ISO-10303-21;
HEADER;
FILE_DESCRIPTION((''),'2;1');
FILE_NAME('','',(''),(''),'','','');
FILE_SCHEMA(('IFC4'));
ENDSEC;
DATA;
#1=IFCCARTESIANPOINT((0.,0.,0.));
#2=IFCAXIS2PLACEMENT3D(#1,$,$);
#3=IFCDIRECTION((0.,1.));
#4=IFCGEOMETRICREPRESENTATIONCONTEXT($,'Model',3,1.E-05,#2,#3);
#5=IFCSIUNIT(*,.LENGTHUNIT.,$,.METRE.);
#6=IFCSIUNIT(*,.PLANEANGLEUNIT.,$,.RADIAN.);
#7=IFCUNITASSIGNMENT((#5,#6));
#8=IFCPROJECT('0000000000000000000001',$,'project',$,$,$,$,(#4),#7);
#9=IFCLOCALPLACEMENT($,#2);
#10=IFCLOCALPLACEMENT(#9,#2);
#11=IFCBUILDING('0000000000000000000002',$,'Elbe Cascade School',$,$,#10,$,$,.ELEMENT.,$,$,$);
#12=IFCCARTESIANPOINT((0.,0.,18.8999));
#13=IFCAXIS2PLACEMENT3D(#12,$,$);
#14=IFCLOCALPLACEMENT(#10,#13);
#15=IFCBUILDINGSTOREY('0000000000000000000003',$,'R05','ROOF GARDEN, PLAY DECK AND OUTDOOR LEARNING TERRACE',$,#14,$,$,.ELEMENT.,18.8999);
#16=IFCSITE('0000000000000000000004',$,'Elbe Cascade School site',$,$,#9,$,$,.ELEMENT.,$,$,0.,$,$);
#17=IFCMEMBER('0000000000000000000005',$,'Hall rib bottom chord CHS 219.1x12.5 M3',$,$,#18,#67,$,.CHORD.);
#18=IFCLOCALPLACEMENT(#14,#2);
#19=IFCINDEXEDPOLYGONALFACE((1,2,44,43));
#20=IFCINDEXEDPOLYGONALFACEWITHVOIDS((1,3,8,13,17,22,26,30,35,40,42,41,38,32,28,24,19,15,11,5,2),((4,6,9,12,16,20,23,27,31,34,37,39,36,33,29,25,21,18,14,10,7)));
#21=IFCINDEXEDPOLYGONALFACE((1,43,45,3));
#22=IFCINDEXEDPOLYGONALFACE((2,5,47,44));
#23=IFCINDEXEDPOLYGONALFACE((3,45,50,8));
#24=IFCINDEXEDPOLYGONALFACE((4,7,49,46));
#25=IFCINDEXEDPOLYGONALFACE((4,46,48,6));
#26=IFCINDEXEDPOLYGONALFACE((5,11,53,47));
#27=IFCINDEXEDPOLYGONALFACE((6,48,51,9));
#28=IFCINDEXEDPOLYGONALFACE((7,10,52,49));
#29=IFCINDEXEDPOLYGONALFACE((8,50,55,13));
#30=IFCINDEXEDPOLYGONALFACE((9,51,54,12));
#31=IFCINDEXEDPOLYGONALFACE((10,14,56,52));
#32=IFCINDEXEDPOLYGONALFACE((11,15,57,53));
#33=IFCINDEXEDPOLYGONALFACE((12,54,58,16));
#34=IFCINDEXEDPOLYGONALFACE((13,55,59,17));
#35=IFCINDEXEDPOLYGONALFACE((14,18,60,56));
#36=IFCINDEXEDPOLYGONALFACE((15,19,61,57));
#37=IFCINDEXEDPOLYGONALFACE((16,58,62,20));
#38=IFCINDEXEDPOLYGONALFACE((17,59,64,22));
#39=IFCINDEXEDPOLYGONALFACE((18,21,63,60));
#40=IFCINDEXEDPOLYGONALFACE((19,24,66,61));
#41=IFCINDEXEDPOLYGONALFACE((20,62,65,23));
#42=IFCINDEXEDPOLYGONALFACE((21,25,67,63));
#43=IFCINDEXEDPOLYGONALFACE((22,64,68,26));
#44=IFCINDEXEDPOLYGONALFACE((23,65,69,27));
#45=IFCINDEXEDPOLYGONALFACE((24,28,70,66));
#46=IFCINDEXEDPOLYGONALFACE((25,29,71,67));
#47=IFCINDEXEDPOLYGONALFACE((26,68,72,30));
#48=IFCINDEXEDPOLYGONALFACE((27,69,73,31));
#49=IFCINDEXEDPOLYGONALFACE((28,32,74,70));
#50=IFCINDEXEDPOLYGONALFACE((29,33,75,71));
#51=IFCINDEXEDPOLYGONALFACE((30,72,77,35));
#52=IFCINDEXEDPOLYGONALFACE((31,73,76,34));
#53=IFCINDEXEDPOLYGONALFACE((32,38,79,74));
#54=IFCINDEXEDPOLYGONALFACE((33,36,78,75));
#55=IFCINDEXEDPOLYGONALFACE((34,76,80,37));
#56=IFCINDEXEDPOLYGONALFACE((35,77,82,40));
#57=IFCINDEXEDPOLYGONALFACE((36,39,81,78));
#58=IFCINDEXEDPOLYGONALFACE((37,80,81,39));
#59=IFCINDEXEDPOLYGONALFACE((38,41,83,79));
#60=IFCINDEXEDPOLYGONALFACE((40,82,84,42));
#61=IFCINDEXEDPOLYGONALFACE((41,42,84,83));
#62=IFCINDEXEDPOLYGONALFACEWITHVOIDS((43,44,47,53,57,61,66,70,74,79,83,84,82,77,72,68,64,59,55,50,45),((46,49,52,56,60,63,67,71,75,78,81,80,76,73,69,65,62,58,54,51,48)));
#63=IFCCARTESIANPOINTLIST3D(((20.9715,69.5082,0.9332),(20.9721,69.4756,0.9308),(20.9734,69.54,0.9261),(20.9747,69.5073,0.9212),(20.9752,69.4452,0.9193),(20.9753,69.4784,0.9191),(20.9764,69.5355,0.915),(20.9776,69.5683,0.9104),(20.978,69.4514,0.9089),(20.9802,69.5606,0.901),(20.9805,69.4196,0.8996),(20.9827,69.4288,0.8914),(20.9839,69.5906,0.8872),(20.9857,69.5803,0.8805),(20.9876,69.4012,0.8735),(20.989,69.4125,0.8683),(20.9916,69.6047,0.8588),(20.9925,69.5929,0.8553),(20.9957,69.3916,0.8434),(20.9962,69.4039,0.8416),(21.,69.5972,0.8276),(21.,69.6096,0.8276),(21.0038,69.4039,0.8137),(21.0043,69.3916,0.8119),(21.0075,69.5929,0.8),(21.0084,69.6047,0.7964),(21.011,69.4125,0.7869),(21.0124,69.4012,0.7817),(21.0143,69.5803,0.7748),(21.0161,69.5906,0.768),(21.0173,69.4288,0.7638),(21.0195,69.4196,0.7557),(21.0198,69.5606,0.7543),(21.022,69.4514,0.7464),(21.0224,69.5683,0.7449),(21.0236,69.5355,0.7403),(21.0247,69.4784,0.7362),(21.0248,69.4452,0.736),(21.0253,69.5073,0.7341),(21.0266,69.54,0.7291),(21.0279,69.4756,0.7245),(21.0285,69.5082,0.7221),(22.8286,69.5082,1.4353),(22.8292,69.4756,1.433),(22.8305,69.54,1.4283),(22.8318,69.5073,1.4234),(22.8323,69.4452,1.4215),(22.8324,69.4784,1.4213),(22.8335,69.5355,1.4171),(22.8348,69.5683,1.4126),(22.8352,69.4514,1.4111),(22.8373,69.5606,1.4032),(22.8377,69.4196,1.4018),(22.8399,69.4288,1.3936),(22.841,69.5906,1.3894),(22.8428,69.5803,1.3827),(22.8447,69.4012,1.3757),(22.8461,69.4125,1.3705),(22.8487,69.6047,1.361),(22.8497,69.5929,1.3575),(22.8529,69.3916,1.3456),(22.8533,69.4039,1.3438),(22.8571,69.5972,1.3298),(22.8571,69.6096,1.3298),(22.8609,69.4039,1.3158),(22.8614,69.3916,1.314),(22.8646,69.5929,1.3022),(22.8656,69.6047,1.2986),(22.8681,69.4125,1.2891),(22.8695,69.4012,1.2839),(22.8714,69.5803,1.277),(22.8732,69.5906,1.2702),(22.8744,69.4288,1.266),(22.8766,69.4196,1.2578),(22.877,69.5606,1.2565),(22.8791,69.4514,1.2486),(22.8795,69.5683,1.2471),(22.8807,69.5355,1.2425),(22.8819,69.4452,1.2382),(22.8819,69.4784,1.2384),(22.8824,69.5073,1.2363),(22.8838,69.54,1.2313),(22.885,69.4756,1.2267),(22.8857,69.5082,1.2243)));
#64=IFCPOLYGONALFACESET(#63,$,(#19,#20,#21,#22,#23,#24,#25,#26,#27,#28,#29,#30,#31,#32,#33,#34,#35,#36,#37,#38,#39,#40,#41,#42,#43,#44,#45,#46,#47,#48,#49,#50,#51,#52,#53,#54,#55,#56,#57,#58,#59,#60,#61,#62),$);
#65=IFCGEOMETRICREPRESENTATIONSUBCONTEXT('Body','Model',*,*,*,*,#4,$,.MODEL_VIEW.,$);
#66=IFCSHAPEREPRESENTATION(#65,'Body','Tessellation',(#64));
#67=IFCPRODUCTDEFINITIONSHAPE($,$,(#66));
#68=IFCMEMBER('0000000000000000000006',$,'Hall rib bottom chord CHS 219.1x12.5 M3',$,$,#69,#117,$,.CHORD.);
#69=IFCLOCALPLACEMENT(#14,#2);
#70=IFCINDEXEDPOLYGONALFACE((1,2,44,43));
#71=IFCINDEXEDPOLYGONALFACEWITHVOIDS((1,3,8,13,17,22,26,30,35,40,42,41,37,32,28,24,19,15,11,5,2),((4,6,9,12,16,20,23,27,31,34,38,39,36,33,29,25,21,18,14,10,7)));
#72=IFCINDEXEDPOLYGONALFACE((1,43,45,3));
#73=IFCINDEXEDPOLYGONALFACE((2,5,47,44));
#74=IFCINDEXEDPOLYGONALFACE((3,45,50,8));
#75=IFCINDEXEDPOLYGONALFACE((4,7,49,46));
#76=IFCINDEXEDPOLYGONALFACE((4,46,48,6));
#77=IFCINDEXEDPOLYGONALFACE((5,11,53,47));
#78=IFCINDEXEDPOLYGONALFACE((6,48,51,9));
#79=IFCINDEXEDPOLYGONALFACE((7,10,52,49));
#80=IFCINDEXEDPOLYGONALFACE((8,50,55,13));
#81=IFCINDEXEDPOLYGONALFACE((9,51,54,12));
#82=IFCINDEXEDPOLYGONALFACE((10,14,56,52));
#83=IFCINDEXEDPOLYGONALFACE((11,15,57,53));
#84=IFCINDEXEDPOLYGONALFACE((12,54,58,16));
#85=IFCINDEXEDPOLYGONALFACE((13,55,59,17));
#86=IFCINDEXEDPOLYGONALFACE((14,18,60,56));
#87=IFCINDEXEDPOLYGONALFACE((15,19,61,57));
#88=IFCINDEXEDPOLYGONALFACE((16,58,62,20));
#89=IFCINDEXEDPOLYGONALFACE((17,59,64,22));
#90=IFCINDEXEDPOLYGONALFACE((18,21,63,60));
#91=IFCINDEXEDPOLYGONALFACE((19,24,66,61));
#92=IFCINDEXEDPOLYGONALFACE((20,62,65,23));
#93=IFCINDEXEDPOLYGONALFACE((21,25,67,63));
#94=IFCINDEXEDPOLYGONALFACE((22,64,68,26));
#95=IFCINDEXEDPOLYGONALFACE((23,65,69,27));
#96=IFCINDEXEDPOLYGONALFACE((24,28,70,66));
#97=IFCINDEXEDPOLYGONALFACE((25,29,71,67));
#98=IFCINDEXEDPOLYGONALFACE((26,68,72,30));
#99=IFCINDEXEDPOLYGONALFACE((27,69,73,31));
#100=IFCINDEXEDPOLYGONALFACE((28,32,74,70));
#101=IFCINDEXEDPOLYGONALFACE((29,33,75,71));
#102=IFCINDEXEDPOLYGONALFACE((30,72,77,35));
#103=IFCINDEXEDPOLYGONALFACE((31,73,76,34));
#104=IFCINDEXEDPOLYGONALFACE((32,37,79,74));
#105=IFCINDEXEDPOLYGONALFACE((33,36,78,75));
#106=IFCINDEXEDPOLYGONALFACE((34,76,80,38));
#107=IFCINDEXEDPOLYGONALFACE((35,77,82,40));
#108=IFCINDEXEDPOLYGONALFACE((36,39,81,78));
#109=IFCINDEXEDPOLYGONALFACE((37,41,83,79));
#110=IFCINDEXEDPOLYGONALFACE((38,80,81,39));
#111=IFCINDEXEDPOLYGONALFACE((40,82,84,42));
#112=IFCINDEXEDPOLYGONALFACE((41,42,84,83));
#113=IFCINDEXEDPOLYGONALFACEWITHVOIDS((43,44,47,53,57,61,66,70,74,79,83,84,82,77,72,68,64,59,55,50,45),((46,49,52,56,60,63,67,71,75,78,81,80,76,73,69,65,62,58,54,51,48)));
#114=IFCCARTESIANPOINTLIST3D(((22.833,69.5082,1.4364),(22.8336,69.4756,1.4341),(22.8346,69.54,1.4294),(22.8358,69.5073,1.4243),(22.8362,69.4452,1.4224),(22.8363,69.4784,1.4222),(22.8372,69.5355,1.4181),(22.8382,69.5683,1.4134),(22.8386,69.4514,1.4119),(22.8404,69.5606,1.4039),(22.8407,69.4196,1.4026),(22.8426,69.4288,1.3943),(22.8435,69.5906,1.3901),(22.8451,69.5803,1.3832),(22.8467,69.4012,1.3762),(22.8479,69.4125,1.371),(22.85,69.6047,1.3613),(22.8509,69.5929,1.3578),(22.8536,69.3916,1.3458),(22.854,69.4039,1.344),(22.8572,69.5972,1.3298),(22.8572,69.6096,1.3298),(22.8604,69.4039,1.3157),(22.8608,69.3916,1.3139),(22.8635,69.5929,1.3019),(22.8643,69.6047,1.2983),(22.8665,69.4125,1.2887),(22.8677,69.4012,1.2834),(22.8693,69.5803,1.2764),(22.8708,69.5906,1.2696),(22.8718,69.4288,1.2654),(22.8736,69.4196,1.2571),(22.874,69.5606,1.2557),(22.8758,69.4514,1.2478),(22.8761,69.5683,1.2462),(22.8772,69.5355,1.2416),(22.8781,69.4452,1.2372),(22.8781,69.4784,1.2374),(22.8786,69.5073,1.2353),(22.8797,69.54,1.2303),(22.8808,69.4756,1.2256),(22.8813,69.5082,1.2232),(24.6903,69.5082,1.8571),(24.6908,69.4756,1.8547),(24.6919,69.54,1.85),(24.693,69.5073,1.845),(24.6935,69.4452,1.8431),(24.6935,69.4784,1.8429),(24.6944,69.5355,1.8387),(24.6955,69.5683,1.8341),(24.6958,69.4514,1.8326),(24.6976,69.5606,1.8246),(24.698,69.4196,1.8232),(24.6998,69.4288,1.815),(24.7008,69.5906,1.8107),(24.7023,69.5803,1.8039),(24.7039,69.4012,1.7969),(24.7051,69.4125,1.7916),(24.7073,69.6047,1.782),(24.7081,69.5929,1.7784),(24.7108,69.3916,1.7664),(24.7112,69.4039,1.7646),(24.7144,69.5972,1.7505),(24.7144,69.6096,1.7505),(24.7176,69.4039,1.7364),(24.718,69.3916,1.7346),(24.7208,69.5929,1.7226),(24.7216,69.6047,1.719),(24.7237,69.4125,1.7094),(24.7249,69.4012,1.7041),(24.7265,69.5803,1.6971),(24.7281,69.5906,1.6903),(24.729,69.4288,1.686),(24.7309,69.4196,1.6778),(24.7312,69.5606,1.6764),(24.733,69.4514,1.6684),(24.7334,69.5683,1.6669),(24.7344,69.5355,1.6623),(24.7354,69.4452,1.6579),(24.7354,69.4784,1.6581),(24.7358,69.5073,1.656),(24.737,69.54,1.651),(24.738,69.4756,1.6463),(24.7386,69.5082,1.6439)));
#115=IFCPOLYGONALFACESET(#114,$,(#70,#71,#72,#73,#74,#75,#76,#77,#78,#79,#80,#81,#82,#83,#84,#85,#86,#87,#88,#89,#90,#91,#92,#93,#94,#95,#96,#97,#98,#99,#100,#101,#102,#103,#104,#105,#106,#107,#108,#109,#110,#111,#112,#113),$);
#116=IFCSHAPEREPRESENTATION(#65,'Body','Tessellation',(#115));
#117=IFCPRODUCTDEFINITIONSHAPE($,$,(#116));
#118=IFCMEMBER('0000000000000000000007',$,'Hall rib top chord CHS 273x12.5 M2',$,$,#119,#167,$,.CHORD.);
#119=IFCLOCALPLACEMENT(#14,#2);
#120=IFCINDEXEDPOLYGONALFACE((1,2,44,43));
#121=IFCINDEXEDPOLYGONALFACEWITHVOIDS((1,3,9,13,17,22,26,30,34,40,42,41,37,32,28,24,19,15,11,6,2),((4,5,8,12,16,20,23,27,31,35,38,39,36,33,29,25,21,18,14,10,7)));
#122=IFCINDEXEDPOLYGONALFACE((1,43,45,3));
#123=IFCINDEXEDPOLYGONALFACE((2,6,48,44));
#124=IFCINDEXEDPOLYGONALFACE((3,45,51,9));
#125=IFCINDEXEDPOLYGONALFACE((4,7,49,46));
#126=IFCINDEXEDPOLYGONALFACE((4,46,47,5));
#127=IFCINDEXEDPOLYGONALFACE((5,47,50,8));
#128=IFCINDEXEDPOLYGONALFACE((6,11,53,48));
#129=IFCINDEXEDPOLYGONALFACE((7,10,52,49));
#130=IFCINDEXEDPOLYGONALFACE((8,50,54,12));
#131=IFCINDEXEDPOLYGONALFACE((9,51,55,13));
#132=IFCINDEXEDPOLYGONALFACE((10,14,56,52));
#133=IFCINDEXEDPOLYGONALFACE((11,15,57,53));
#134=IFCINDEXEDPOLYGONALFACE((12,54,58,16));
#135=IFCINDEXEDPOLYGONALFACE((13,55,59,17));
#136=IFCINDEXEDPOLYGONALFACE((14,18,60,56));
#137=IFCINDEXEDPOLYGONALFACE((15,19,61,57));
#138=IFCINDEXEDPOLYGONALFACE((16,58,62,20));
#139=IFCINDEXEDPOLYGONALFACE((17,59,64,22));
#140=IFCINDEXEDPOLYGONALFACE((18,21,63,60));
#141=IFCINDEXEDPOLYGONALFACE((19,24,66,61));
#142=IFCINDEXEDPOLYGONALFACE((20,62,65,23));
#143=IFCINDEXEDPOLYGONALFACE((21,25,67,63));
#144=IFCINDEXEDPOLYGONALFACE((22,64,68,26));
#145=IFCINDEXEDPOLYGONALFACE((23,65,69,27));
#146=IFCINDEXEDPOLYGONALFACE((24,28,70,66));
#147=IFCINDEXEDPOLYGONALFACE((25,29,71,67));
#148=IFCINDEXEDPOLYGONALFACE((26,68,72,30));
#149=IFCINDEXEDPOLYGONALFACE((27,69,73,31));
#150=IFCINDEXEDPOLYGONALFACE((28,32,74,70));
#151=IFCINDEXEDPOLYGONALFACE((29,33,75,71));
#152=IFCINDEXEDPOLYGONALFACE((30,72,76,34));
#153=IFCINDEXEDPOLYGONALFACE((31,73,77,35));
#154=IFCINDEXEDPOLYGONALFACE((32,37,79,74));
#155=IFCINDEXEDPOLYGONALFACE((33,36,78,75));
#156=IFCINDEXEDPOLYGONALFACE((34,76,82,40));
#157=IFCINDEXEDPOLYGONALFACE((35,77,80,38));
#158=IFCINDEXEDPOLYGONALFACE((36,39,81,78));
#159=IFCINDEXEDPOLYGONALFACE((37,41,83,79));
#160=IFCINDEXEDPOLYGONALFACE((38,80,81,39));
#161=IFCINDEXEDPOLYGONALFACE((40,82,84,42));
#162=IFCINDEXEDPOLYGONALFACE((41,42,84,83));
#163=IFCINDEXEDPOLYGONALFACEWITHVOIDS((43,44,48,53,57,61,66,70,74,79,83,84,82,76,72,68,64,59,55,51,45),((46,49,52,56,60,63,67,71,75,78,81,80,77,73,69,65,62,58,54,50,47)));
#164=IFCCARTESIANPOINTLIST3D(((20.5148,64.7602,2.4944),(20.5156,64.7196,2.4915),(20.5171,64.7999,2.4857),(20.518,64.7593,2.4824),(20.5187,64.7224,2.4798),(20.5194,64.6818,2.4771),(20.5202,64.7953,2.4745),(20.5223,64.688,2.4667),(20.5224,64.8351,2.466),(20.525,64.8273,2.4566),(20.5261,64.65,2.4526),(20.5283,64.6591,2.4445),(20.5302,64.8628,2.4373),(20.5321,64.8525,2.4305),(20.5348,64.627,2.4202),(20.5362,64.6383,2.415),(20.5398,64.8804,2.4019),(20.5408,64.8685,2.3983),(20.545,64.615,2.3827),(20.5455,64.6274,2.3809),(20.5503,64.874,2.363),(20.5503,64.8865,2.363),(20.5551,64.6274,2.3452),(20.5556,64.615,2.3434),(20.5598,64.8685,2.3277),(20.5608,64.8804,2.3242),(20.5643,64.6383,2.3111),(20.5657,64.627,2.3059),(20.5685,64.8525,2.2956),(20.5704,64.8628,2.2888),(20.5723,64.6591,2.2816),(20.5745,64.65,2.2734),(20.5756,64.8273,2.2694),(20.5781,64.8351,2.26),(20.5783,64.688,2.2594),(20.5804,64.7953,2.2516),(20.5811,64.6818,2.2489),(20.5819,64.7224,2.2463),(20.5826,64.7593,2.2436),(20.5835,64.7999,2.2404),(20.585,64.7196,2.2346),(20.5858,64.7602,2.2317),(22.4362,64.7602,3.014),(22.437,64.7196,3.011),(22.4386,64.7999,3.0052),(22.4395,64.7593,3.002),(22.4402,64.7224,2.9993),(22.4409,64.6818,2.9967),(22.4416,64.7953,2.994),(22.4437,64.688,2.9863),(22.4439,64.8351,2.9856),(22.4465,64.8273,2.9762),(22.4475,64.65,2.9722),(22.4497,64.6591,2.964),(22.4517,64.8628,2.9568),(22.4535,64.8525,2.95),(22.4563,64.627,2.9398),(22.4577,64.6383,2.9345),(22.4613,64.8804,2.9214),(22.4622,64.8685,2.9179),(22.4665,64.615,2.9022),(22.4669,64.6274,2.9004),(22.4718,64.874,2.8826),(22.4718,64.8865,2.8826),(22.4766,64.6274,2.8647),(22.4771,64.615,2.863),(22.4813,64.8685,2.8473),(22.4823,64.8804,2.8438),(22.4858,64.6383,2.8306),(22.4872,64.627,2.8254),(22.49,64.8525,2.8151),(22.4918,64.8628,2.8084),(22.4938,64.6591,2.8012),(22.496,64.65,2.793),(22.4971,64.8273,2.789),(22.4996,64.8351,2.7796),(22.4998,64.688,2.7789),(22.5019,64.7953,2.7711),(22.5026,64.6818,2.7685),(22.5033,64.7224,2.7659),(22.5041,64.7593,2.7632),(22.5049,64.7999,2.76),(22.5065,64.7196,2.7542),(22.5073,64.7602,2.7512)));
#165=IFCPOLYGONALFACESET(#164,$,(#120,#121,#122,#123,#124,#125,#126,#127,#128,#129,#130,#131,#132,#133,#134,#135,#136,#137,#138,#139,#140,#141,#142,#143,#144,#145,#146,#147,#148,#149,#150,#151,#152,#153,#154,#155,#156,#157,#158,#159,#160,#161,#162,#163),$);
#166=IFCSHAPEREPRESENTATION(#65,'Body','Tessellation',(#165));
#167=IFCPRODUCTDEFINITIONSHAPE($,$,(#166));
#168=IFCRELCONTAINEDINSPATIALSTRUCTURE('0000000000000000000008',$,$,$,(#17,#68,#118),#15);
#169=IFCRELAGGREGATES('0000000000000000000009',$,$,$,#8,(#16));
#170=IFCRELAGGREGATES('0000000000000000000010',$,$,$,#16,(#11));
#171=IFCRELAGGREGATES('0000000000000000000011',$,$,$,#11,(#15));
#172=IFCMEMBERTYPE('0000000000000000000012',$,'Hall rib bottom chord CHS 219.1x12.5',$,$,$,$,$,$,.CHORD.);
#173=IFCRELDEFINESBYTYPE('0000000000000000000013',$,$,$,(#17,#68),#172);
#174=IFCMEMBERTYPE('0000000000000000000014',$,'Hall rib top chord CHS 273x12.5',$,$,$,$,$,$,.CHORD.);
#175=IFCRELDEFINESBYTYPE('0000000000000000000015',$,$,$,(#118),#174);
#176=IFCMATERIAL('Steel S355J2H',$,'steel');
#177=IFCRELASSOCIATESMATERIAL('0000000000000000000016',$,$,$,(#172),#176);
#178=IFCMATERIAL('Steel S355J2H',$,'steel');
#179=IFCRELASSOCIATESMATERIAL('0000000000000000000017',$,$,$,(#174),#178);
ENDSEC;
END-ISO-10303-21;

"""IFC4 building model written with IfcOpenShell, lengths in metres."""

from ifc_helpers import new_model, si_unit, direction, frame, origin, origin_2d, place, context, subcontext, project, spatial, hollow_circle, extrude, material, material_profile, profile_set, type_object, element, save


model = new_model("IFC4")

# Units and contexts
model_context = context("Model", 3, precision=1e-05, world=origin(), true_north=direction((0.0, 1.0)))
body_context = subcontext(model_context, "Body", "Model", "MODEL_VIEW")
ifc_project = project(units=[si_unit("LENGTHUNIT", "METRE"), si_unit("PLANEANGLEUNIT", "RADIAN")], contexts=[model_context])

# Site, building, storey
site_placement = place(None, origin())
site = spatial("IfcSite", under=ifc_project, at=site_placement, Name="Elbe Cascade School site", CompositionType="ELEMENT", RefElevation=0.0)
building_placement = place(site_placement, origin())
building = spatial("IfcBuilding", under=site, at=building_placement, Name="Elbe Cascade School", CompositionType="ELEMENT")
storey_placement = place(building_placement, frame((0.0, 0.0, 18.8999)))
storey = spatial("IfcBuildingStorey", under=building, at=storey_placement, Name="R05", Description="ROOF GARDEN, PLAY DECK AND OUTDOOR LEARNING TERRACE", CompositionType="ELEMENT", Elevation=18.8999)

# Members
ifc_material_1 = material(Name="Steel S355J2H", Category="steel")
ifc_material_profile_1 = material_profile(ifc_material_1, hollow_circle(Radius=0.1096, WallThickness=0.0125, at=origin_2d()), Name="CHS 219.1x12.5")
ifc_profile_set_1 = profile_set([ifc_material_profile_1], Name="Steel S355J2H")
member_type_1 = type_object("IfcMemberType", Name="Hall rib bottom chord CHS 219.1x12.5", PredefinedType="CHORD", material=ifc_profile_set_1)
member_1_placement = place(storey_placement, frame((21.0, 69.5, 0.8276), z_axis=(0.96533, 0.0, 0.261034), x_axis=(0.0, 1.0, 0.0)))
element("IfcMember", 1, at=member_1_placement, inside=storey, type_object=member_type_1, Name="Hall rib bottom chord CHS 219.1x12.5 M3", PredefinedType="CHORD", context=body_context, shape_type="SweptSolid", body=[
    extrude(hollow_circle(Radius=0.1096, WallThickness=0.0125, at=origin_2d()), origin(), (0.0, 0.0, 1.0), 1.9238),
])
member_2_placement = place(storey_placement, frame((22.8572, 69.5, 1.3298), z_axis=(0.975295, 0.0, 0.220906), x_axis=(0.0, 1.0, 0.0)))
element("IfcMember", 2, at=member_2_placement, inside=storey, type_object=member_type_1, Name="Hall rib bottom chord CHS 219.1x12.5 M3", PredefinedType="CHORD", context=body_context, shape_type="SweptSolid", body=[
    extrude(hollow_circle(Radius=0.1096, WallThickness=0.0125, at=origin_2d()), origin(), (0.0, 0.0, 1.0), 1.9043),
])
ifc_material_2 = material(Name="Steel S355J2H", Category="steel")
ifc_material_profile_2 = material_profile(ifc_material_2, hollow_circle(Radius=0.1365, WallThickness=0.0125, at=origin_2d()), Name="CHS 273x12.5")
ifc_profile_set_2 = profile_set([ifc_material_profile_2], Name="Steel S355J2H")
member_type_2 = type_object("IfcMemberType", Name="Hall rib top chord CHS 273x12.5", PredefinedType="CHORD", material=ifc_profile_set_2)
member_3_placement = place(storey_placement, frame((20.5503, 64.75, 2.363), z_axis=(0.965333, 0.0, 0.26102), x_axis=(0.0, 1.0, 0.0)))
element("IfcMember", 3, at=member_3_placement, inside=storey, type_object=member_type_2, Name="Hall rib top chord CHS 273x12.5 M2", PredefinedType="CHORD", context=body_context, shape_type="SweptSolid", body=[
    extrude(hollow_circle(Radius=0.1365, WallThickness=0.0125, at=origin_2d()), origin(), (0.0, 0.0, 1.0), 1.9905),
])

save(model, "model.ifc")
